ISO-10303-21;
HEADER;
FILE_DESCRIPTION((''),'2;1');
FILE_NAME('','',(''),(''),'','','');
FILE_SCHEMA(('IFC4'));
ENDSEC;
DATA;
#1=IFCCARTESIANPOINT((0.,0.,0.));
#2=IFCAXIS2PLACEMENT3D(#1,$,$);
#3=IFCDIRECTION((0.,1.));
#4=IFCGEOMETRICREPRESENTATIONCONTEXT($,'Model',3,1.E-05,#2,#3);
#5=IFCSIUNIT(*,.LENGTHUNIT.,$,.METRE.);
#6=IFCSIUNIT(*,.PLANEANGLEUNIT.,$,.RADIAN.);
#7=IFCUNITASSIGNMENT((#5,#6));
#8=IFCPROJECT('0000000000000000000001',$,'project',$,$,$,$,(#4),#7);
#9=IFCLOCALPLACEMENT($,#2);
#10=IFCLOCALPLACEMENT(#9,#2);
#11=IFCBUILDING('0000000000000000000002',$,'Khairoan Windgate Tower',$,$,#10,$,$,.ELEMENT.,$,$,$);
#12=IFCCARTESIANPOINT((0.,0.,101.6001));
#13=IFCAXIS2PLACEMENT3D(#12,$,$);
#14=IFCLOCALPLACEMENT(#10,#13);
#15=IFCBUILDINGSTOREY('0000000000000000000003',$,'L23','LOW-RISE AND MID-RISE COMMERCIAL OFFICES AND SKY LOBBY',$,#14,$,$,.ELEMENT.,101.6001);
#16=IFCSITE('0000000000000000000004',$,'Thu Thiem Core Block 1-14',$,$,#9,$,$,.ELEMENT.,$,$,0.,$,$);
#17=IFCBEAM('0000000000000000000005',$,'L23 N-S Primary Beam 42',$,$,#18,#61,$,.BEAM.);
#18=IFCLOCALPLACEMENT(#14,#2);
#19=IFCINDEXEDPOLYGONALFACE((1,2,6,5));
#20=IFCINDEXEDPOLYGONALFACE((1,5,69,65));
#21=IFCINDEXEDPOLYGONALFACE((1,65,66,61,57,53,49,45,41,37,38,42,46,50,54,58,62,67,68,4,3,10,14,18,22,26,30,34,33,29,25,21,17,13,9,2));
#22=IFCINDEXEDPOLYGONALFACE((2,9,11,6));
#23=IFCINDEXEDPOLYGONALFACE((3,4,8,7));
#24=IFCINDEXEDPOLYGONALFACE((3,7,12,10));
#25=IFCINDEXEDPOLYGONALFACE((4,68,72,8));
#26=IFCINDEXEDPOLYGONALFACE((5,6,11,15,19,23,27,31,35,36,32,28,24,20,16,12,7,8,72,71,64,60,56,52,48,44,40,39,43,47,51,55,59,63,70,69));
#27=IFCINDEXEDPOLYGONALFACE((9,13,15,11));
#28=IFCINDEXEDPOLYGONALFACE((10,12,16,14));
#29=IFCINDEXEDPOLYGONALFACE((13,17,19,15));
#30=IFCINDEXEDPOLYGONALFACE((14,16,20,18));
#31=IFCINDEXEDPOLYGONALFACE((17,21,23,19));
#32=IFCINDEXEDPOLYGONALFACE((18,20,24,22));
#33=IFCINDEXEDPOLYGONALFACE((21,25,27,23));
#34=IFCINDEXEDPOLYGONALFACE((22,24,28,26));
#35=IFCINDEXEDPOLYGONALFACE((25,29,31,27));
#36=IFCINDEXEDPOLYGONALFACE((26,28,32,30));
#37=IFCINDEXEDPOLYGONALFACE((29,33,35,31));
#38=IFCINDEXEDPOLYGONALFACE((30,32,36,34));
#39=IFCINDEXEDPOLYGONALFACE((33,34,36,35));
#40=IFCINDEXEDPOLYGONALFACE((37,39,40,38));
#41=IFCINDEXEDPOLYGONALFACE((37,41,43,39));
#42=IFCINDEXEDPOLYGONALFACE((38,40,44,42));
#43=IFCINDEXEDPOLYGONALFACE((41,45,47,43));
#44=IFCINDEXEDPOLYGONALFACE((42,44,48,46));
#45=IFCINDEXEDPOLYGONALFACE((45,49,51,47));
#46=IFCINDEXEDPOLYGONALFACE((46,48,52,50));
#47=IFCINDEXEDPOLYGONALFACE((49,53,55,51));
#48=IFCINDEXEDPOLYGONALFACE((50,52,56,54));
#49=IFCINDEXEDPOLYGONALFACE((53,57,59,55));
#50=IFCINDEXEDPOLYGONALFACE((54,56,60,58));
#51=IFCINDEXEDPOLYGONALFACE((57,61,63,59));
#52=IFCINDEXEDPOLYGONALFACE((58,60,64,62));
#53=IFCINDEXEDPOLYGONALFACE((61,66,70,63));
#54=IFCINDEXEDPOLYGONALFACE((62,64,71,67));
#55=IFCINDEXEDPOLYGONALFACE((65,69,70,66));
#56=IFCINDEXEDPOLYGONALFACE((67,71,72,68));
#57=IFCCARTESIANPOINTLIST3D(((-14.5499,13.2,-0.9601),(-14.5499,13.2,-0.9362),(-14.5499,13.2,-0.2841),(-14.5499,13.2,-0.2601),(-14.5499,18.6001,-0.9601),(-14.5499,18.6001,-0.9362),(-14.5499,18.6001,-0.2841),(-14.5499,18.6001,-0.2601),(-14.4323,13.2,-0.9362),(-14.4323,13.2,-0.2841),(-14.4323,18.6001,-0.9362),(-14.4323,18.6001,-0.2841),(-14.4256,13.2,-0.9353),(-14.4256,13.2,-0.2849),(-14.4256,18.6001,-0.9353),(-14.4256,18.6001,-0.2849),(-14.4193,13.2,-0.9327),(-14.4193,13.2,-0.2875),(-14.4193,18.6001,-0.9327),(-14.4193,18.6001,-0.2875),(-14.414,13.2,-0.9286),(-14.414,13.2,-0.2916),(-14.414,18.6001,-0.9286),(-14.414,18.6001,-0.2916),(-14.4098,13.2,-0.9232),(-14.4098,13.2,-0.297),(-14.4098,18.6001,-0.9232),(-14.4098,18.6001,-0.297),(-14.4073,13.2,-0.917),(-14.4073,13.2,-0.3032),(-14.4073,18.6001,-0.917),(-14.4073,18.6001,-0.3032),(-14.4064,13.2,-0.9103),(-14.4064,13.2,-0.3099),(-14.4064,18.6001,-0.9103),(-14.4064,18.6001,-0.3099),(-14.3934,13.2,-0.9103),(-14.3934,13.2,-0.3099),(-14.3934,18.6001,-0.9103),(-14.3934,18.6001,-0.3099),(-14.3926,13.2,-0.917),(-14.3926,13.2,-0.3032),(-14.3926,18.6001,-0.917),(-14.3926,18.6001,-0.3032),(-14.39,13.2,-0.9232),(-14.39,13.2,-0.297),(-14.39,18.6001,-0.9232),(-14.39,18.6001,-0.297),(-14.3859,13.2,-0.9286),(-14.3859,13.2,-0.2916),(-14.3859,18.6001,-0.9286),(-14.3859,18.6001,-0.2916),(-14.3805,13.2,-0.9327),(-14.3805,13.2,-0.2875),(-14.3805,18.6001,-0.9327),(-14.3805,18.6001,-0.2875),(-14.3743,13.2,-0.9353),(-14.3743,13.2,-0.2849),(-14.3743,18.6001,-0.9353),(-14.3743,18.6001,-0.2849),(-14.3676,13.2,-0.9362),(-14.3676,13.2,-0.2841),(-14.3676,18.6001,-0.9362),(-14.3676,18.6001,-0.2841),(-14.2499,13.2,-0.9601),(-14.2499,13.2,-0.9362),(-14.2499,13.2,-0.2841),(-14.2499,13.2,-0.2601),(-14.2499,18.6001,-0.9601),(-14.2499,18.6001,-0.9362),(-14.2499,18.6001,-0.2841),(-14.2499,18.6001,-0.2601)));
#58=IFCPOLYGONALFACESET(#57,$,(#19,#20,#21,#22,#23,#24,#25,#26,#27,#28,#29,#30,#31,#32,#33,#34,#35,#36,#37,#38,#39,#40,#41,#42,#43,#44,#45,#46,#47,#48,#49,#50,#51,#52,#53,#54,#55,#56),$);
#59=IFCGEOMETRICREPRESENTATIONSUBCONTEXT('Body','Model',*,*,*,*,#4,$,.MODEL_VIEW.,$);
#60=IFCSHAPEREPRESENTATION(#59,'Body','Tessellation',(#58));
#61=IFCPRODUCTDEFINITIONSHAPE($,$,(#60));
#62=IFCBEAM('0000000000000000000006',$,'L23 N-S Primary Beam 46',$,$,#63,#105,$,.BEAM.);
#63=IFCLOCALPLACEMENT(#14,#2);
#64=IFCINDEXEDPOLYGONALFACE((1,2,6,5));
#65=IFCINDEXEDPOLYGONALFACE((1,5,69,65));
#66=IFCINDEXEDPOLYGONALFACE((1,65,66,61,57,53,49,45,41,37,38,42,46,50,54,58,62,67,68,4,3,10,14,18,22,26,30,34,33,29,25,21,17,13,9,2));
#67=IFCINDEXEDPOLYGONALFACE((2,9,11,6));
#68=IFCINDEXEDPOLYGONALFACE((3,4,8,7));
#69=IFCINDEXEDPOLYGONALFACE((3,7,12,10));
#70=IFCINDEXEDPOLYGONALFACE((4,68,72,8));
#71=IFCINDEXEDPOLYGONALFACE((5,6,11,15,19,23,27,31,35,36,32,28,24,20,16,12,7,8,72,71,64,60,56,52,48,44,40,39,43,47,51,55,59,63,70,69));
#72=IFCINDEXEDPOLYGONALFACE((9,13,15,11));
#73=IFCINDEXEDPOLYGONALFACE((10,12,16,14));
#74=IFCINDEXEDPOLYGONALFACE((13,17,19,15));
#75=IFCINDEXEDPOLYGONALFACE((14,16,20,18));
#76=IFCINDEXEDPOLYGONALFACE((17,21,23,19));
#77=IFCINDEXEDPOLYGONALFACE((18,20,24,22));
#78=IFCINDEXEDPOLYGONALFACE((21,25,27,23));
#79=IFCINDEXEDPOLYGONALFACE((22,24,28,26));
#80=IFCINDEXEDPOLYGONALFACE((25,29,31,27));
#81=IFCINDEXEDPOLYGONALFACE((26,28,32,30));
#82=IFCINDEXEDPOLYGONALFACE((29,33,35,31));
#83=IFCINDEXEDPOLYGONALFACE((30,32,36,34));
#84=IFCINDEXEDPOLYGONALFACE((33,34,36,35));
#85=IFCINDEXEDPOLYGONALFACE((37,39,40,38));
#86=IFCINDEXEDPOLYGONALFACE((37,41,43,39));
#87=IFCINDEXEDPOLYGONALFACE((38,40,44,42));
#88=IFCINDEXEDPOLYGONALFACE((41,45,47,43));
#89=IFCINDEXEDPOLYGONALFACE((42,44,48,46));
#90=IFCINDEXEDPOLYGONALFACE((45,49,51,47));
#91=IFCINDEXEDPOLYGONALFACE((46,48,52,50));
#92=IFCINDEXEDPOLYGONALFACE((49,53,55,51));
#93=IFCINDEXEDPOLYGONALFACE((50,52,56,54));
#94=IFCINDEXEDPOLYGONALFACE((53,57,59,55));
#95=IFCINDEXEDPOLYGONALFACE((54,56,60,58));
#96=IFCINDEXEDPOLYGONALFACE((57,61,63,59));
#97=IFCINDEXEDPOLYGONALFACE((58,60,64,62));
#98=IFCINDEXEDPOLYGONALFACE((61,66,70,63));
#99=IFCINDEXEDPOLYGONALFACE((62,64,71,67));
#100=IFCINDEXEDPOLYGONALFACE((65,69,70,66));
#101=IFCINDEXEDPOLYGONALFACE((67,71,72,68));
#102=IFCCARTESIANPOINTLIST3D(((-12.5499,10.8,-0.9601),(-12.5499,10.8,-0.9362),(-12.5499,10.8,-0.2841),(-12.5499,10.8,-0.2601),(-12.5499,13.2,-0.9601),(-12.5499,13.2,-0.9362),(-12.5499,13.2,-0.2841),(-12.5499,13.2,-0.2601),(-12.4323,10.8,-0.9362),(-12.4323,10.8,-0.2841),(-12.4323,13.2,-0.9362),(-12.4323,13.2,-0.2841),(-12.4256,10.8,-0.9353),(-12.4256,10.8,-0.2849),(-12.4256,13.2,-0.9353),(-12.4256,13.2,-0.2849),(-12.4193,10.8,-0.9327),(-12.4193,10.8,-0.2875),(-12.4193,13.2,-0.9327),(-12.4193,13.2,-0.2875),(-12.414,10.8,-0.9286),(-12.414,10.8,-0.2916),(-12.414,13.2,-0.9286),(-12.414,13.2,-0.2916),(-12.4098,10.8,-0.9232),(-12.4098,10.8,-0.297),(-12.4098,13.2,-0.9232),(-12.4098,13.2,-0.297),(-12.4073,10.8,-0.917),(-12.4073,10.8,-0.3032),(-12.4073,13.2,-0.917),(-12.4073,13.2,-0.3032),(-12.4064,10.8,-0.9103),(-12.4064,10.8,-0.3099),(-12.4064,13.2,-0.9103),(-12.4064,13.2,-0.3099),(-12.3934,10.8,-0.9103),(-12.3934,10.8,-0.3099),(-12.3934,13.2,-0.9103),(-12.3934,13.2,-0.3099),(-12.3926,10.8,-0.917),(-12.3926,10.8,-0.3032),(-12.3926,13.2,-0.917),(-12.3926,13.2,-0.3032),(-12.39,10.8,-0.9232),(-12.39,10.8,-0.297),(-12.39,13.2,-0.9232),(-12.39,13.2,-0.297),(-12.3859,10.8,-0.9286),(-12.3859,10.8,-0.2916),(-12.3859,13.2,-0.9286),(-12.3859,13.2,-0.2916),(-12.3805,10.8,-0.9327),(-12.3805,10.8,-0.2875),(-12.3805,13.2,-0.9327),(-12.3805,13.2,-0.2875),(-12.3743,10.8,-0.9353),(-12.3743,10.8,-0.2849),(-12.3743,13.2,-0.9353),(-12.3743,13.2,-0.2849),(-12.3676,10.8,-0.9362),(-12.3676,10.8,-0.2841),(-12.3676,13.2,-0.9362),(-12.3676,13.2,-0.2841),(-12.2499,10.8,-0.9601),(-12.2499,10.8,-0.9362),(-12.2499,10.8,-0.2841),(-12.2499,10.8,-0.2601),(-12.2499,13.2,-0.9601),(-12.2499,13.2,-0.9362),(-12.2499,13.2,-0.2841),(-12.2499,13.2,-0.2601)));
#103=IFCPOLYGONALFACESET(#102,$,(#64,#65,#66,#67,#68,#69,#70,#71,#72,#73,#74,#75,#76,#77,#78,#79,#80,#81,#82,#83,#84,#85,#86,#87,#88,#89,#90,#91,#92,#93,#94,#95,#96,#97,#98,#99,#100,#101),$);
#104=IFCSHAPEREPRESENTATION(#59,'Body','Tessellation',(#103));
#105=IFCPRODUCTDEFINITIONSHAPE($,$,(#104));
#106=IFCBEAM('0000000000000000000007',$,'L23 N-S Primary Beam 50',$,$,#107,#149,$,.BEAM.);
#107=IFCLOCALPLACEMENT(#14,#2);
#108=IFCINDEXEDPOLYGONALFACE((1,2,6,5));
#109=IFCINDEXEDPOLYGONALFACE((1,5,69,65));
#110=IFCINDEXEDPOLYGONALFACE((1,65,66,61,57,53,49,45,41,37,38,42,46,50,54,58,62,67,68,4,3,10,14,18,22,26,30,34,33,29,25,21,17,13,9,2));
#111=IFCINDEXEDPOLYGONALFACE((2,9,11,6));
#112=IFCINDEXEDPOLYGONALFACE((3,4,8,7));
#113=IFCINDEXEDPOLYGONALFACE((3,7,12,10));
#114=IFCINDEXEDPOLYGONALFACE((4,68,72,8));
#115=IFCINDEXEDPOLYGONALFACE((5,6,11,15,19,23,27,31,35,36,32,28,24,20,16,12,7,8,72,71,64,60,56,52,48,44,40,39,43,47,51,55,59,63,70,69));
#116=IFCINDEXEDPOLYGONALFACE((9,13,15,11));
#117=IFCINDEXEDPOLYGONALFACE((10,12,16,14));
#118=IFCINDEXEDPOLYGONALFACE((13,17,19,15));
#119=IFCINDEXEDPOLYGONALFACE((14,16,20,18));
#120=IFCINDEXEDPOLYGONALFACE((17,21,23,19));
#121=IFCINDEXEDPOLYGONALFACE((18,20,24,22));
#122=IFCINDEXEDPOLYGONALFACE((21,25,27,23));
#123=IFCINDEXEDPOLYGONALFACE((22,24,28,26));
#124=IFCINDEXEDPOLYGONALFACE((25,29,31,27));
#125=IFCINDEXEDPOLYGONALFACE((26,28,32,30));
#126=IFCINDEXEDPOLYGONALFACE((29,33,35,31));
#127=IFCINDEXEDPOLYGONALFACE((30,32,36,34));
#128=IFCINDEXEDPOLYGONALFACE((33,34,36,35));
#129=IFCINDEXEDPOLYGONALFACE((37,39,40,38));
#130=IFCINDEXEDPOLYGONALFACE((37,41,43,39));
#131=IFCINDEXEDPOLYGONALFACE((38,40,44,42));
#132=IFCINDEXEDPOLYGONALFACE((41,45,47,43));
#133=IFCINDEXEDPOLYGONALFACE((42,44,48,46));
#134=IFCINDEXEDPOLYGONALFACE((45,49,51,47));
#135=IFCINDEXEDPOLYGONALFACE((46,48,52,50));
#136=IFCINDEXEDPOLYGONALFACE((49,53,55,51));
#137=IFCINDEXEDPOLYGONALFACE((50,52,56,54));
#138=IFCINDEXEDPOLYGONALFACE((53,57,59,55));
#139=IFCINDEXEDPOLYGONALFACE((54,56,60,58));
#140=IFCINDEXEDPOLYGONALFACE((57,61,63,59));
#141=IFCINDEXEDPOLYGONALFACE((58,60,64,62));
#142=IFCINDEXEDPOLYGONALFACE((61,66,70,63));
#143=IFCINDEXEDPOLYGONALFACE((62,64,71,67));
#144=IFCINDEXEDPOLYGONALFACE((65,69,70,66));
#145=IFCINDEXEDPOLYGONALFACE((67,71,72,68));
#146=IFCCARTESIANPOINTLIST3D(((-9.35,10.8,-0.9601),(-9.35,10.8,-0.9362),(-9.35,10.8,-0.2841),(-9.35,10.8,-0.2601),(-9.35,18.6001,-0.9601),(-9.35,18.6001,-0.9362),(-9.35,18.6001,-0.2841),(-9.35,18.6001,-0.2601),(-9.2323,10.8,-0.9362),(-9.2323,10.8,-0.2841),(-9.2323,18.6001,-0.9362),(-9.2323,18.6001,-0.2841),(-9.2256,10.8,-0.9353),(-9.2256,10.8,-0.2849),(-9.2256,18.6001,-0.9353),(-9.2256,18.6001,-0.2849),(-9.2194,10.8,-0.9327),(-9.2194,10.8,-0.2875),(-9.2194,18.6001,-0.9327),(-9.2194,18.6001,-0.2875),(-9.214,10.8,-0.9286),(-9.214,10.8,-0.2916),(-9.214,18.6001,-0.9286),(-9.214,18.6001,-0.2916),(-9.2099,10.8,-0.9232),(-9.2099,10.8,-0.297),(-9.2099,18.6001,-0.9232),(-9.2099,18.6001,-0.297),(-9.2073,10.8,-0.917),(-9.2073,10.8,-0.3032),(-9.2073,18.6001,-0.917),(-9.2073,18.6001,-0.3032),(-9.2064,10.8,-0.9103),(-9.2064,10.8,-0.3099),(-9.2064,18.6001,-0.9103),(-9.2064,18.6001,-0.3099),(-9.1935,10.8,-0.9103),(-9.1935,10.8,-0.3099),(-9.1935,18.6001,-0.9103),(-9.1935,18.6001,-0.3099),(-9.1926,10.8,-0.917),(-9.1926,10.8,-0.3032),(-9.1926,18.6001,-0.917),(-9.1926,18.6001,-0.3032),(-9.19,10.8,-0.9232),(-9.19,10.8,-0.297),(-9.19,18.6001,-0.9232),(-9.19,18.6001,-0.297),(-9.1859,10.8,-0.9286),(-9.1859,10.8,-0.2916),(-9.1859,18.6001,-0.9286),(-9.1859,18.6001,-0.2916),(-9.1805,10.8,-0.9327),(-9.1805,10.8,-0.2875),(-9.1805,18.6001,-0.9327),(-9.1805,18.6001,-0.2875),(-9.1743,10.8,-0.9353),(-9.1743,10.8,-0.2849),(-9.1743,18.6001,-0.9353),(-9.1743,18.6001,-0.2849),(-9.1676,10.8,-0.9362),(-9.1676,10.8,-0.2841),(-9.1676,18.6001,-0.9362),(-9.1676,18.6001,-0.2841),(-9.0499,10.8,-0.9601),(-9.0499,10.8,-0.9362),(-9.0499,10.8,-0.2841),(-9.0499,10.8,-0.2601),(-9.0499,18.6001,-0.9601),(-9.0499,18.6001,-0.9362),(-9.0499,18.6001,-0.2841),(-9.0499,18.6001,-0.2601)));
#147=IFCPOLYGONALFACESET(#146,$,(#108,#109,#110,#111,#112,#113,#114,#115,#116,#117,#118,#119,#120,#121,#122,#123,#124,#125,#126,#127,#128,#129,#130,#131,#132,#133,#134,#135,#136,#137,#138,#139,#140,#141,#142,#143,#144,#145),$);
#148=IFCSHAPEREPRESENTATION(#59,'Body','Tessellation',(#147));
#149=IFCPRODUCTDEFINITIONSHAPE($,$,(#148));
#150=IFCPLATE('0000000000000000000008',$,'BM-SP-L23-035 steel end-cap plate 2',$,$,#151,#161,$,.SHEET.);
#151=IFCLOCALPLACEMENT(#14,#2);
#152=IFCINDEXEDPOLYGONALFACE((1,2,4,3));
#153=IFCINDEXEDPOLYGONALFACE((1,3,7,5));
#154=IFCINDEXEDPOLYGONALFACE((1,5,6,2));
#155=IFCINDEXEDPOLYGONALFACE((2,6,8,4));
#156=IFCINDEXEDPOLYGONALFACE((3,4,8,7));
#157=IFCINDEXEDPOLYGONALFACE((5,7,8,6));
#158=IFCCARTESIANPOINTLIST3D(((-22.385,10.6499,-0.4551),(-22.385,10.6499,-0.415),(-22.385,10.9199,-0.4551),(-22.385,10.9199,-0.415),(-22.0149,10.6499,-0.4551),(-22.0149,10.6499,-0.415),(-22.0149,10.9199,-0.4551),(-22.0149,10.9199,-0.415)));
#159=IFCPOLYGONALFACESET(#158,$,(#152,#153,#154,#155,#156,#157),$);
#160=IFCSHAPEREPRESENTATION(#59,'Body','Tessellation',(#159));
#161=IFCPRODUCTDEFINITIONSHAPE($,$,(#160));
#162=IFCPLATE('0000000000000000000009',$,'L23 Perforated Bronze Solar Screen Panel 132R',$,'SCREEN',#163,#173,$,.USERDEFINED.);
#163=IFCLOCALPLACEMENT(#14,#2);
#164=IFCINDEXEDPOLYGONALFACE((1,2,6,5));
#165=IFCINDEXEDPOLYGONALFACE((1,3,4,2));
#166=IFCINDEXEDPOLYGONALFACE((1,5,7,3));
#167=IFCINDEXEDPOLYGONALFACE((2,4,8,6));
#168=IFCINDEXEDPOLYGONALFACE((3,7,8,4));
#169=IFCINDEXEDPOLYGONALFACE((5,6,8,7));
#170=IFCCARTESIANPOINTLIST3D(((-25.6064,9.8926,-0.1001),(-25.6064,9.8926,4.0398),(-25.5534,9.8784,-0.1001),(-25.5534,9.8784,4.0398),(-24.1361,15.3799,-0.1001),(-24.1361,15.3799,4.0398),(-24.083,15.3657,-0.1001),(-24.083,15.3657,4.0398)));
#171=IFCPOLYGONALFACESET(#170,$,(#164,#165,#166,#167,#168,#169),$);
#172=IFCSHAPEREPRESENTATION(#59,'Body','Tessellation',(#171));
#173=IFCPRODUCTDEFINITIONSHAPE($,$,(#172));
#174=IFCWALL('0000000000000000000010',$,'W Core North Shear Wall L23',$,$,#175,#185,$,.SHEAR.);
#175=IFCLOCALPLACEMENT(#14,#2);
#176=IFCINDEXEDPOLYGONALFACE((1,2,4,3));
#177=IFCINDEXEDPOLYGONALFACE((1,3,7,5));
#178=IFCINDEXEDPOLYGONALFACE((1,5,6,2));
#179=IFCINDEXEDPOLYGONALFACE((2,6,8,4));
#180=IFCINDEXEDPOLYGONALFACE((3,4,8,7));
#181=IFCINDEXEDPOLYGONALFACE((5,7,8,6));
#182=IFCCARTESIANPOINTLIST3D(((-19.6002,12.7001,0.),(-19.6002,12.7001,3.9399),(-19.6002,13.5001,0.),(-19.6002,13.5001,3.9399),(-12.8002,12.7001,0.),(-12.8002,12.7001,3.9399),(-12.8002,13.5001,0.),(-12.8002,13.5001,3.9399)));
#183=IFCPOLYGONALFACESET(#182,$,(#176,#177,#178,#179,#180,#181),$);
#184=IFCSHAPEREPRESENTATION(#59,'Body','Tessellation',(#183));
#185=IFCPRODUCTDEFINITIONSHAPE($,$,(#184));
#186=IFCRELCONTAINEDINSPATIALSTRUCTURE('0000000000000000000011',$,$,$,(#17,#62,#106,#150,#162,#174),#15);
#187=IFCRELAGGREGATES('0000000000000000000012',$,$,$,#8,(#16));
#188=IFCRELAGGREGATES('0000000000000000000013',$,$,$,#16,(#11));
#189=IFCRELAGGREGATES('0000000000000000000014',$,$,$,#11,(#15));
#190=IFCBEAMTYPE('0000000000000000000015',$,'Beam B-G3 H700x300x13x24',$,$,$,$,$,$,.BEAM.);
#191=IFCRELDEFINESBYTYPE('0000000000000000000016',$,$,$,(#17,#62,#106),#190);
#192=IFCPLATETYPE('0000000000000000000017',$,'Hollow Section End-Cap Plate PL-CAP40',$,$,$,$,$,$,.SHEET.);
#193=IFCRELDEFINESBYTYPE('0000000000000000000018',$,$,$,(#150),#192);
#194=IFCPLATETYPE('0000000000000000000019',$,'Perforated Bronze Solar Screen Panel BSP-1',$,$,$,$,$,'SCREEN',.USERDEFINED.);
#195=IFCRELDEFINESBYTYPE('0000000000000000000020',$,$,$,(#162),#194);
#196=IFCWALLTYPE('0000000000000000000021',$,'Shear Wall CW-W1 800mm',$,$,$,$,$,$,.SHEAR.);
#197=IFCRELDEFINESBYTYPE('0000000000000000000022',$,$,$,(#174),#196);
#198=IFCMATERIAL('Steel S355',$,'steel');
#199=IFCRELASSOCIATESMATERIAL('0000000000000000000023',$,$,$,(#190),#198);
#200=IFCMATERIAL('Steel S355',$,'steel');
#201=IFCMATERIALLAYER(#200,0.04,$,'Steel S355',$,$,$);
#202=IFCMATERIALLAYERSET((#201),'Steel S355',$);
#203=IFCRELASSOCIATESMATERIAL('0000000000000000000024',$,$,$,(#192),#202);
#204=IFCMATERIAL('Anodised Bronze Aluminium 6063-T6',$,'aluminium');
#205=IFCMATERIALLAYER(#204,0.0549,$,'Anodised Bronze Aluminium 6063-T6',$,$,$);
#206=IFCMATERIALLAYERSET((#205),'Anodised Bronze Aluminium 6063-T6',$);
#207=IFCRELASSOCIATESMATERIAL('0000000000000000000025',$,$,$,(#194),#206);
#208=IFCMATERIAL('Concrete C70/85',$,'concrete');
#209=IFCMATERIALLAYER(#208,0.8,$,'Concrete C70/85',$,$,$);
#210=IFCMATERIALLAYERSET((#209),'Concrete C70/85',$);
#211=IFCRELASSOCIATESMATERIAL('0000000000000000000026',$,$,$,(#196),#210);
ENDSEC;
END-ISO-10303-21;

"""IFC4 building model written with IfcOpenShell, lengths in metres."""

from ifc_helpers import new_model, si_unit, direction, frame, frame_2d, origin, origin_2d, place, context, subcontext, project, spatial, rectangle, i_section, extrude, material, layer, layer_set, material_profile, profile_set, type_object, element, save


model = new_model("IFC4")

# Units and contexts
model_context = context("Model", 3, precision=1e-05, world=origin(), true_north=direction((0.0, 1.0)))
body_context = subcontext(model_context, "Body", "Model", "MODEL_VIEW")
ifc_project = project(units=[si_unit("LENGTHUNIT", "METRE"), si_unit("PLANEANGLEUNIT", "RADIAN")], contexts=[model_context])

# Site, building, storey
site_placement = place(None, origin())
site = spatial("IfcSite", under=ifc_project, at=site_placement, Name="Thu Thiem Core Block 1-14", CompositionType="ELEMENT", RefElevation=0.0)
building_placement = place(site_placement, origin())
building = spatial("IfcBuilding", under=site, at=building_placement, Name="Khairoan Windgate Tower", CompositionType="ELEMENT")
storey_placement = place(building_placement, frame((0.0, 0.0, 101.6001)))
storey = spatial("IfcBuildingStorey", under=building, at=storey_placement, Name="L23", Description="LOW-RISE AND MID-RISE COMMERCIAL OFFICES AND SKY LOBBY", CompositionType="ELEMENT", Elevation=101.6001)

# Beams
ifc_material_1 = material(Name="Steel S355", Category="steel")
ifc_material_profile_1 = material_profile(ifc_material_1, i_section(OverallWidth=0.3, OverallDepth=0.7, WebThickness=0.0129, FlangeThickness=0.0239, FilletRadius=0.0259, at=origin_2d()))
ifc_profile_set_1 = profile_set([ifc_material_profile_1], Name="Steel S355")
beam_type = type_object("IfcBeamType", Name="Beam B-G3 H700x300x13x24", PredefinedType="BEAM", material=ifc_profile_set_1)
beam_1_placement = place(storey_placement, frame((-14.3999, 13.2, -0.6101), z_axis=(0.0, 1.0, 0.0), x_axis=(-1.0, 0.0, 0.0)))
element("IfcBeam", 1, at=beam_1_placement, inside=storey, type_object=beam_type, Name="L23 N-S Primary Beam 42", PredefinedType="BEAM", context=body_context, shape_type="SweptSolid", body=[
    extrude(i_section(OverallWidth=0.3, OverallDepth=0.7, WebThickness=0.0129, FlangeThickness=0.0239, FilletRadius=0.0259, at=origin_2d()), origin(), (0.0, 0.0, 1.0), 5.4001),
])
beam_2_placement = place(storey_placement, frame((-12.3999, 10.8, -0.6101), z_axis=(0.0, 1.0, 0.0), x_axis=(-1.0, 0.0, 0.0)))
element("IfcBeam", 2, at=beam_2_placement, inside=storey, type_object=beam_type, Name="L23 N-S Primary Beam 46", PredefinedType="BEAM", context=body_context, shape_type="SweptSolid", body=[
    extrude(i_section(OverallWidth=0.3, OverallDepth=0.7, WebThickness=0.0129, FlangeThickness=0.0239, FilletRadius=0.0259, at=origin_2d()), origin(), (0.0, 0.0, 1.0), 2.3999),
])
beam_3_placement = place(storey_placement, frame((-9.2, 10.8, -0.6101), z_axis=(0.0, 1.0, 0.0), x_axis=(-1.0, 0.0, 0.0)))
element("IfcBeam", 3, at=beam_3_placement, inside=storey, type_object=beam_type, Name="L23 N-S Primary Beam 50", PredefinedType="BEAM", context=body_context, shape_type="SweptSolid", body=[
    extrude(i_section(OverallWidth=0.3, OverallDepth=0.7, WebThickness=0.0129, FlangeThickness=0.0239, FilletRadius=0.0259, at=origin_2d()), origin(), (0.0, 0.0, 1.0), 7.8),
])

# Plates
ifc_material_2 = material(Name="Steel S355", Category="steel")
ifc_layer_1 = layer(ifc_material_2, 0.04, Name="Steel S355")
ifc_layer_set_1 = layer_set([ifc_layer_1], Name="Steel S355")
plate_type_1 = type_object("IfcPlateType", Name="Hollow Section End-Cap Plate PL-CAP40", PredefinedType="SHEET", material=ifc_layer_set_1)
plate_1_placement = place(storey_placement, frame((-22.2, 10.7849, -0.4551), z_axis=(0.0, 0.0, 1.0), x_axis=(0.0, 1.0, 0.0)))
element("IfcPlate", 4, at=plate_1_placement, inside=storey, type_object=plate_type_1, Name="BM-SP-L23-035 steel end-cap plate 2", PredefinedType="SHEET", context=body_context, shape_type="SweptSolid", body=[
    extrude(rectangle(XDim=0.27, YDim=0.3701, at=origin_2d()), origin(), (0.0, 0.0, 1.0), 0.04),
])
ifc_material_3 = material(Name="Anodised Bronze Aluminium 6063-T6", Category="aluminium")
ifc_layer_2 = layer(ifc_material_3, 0.0549, Name="Anodised Bronze Aluminium 6063-T6")
ifc_layer_set_2 = layer_set([ifc_layer_2], Name="Anodised Bronze Aluminium 6063-T6")
plate_type_2 = type_object("IfcPlateType", Name="Perforated Bronze Solar Screen Panel BSP-1", ElementType="SCREEN", PredefinedType="USERDEFINED", material=ifc_layer_set_2)
plate_2_placement = place(storey_placement, frame((-24.8447, 12.6292, -0.1001), z_axis=(0.0, 0.0, 1.0), x_axis=(0.258819, 0.965926, 0.0)))
element("IfcPlate", 5, at=plate_2_placement, inside=storey, type_object=plate_type_2, Name="L23 Perforated Bronze Solar Screen Panel 132R", ObjectType="SCREEN", PredefinedType="USERDEFINED", context=body_context, shape_type="SweptSolid", body=[
    extrude(rectangle(XDim=5.6809, YDim=0.0549, at=origin_2d()), origin(), (0.0, 0.0, 1.0), 4.1399),
])

# Wall
ifc_material_4 = material(Name="Concrete C70/85", Category="concrete")
ifc_layer_3 = layer(ifc_material_4, 0.8, Name="Concrete C70/85")
ifc_layer_set_3 = layer_set([ifc_layer_3], Name="Concrete C70/85")
wall_type_1 = type_object("IfcWallType", Name="Shear Wall CW-W1 800mm", PredefinedType="SHEAR", material=ifc_layer_set_3)
wall_1_placement = place(storey_placement, frame((-19.6001, 13.1001, 0.0), z_axis=(0.0, 0.0, 1.0), x_axis=(1.0, 0.0, 0.0)))
element("IfcWall", 6, at=wall_1_placement, inside=storey, type_object=wall_type_1, Name="W Core North Shear Wall L23", PredefinedType="SHEAR", context=body_context, shape_type="SweptSolid", body=[
    extrude(rectangle(XDim=6.8, YDim=0.8, at=frame_2d((3.3999, 0.0))), origin(), (0.0, 0.0, 1.0), 3.9399),
])

save(model, "model.ifc")
